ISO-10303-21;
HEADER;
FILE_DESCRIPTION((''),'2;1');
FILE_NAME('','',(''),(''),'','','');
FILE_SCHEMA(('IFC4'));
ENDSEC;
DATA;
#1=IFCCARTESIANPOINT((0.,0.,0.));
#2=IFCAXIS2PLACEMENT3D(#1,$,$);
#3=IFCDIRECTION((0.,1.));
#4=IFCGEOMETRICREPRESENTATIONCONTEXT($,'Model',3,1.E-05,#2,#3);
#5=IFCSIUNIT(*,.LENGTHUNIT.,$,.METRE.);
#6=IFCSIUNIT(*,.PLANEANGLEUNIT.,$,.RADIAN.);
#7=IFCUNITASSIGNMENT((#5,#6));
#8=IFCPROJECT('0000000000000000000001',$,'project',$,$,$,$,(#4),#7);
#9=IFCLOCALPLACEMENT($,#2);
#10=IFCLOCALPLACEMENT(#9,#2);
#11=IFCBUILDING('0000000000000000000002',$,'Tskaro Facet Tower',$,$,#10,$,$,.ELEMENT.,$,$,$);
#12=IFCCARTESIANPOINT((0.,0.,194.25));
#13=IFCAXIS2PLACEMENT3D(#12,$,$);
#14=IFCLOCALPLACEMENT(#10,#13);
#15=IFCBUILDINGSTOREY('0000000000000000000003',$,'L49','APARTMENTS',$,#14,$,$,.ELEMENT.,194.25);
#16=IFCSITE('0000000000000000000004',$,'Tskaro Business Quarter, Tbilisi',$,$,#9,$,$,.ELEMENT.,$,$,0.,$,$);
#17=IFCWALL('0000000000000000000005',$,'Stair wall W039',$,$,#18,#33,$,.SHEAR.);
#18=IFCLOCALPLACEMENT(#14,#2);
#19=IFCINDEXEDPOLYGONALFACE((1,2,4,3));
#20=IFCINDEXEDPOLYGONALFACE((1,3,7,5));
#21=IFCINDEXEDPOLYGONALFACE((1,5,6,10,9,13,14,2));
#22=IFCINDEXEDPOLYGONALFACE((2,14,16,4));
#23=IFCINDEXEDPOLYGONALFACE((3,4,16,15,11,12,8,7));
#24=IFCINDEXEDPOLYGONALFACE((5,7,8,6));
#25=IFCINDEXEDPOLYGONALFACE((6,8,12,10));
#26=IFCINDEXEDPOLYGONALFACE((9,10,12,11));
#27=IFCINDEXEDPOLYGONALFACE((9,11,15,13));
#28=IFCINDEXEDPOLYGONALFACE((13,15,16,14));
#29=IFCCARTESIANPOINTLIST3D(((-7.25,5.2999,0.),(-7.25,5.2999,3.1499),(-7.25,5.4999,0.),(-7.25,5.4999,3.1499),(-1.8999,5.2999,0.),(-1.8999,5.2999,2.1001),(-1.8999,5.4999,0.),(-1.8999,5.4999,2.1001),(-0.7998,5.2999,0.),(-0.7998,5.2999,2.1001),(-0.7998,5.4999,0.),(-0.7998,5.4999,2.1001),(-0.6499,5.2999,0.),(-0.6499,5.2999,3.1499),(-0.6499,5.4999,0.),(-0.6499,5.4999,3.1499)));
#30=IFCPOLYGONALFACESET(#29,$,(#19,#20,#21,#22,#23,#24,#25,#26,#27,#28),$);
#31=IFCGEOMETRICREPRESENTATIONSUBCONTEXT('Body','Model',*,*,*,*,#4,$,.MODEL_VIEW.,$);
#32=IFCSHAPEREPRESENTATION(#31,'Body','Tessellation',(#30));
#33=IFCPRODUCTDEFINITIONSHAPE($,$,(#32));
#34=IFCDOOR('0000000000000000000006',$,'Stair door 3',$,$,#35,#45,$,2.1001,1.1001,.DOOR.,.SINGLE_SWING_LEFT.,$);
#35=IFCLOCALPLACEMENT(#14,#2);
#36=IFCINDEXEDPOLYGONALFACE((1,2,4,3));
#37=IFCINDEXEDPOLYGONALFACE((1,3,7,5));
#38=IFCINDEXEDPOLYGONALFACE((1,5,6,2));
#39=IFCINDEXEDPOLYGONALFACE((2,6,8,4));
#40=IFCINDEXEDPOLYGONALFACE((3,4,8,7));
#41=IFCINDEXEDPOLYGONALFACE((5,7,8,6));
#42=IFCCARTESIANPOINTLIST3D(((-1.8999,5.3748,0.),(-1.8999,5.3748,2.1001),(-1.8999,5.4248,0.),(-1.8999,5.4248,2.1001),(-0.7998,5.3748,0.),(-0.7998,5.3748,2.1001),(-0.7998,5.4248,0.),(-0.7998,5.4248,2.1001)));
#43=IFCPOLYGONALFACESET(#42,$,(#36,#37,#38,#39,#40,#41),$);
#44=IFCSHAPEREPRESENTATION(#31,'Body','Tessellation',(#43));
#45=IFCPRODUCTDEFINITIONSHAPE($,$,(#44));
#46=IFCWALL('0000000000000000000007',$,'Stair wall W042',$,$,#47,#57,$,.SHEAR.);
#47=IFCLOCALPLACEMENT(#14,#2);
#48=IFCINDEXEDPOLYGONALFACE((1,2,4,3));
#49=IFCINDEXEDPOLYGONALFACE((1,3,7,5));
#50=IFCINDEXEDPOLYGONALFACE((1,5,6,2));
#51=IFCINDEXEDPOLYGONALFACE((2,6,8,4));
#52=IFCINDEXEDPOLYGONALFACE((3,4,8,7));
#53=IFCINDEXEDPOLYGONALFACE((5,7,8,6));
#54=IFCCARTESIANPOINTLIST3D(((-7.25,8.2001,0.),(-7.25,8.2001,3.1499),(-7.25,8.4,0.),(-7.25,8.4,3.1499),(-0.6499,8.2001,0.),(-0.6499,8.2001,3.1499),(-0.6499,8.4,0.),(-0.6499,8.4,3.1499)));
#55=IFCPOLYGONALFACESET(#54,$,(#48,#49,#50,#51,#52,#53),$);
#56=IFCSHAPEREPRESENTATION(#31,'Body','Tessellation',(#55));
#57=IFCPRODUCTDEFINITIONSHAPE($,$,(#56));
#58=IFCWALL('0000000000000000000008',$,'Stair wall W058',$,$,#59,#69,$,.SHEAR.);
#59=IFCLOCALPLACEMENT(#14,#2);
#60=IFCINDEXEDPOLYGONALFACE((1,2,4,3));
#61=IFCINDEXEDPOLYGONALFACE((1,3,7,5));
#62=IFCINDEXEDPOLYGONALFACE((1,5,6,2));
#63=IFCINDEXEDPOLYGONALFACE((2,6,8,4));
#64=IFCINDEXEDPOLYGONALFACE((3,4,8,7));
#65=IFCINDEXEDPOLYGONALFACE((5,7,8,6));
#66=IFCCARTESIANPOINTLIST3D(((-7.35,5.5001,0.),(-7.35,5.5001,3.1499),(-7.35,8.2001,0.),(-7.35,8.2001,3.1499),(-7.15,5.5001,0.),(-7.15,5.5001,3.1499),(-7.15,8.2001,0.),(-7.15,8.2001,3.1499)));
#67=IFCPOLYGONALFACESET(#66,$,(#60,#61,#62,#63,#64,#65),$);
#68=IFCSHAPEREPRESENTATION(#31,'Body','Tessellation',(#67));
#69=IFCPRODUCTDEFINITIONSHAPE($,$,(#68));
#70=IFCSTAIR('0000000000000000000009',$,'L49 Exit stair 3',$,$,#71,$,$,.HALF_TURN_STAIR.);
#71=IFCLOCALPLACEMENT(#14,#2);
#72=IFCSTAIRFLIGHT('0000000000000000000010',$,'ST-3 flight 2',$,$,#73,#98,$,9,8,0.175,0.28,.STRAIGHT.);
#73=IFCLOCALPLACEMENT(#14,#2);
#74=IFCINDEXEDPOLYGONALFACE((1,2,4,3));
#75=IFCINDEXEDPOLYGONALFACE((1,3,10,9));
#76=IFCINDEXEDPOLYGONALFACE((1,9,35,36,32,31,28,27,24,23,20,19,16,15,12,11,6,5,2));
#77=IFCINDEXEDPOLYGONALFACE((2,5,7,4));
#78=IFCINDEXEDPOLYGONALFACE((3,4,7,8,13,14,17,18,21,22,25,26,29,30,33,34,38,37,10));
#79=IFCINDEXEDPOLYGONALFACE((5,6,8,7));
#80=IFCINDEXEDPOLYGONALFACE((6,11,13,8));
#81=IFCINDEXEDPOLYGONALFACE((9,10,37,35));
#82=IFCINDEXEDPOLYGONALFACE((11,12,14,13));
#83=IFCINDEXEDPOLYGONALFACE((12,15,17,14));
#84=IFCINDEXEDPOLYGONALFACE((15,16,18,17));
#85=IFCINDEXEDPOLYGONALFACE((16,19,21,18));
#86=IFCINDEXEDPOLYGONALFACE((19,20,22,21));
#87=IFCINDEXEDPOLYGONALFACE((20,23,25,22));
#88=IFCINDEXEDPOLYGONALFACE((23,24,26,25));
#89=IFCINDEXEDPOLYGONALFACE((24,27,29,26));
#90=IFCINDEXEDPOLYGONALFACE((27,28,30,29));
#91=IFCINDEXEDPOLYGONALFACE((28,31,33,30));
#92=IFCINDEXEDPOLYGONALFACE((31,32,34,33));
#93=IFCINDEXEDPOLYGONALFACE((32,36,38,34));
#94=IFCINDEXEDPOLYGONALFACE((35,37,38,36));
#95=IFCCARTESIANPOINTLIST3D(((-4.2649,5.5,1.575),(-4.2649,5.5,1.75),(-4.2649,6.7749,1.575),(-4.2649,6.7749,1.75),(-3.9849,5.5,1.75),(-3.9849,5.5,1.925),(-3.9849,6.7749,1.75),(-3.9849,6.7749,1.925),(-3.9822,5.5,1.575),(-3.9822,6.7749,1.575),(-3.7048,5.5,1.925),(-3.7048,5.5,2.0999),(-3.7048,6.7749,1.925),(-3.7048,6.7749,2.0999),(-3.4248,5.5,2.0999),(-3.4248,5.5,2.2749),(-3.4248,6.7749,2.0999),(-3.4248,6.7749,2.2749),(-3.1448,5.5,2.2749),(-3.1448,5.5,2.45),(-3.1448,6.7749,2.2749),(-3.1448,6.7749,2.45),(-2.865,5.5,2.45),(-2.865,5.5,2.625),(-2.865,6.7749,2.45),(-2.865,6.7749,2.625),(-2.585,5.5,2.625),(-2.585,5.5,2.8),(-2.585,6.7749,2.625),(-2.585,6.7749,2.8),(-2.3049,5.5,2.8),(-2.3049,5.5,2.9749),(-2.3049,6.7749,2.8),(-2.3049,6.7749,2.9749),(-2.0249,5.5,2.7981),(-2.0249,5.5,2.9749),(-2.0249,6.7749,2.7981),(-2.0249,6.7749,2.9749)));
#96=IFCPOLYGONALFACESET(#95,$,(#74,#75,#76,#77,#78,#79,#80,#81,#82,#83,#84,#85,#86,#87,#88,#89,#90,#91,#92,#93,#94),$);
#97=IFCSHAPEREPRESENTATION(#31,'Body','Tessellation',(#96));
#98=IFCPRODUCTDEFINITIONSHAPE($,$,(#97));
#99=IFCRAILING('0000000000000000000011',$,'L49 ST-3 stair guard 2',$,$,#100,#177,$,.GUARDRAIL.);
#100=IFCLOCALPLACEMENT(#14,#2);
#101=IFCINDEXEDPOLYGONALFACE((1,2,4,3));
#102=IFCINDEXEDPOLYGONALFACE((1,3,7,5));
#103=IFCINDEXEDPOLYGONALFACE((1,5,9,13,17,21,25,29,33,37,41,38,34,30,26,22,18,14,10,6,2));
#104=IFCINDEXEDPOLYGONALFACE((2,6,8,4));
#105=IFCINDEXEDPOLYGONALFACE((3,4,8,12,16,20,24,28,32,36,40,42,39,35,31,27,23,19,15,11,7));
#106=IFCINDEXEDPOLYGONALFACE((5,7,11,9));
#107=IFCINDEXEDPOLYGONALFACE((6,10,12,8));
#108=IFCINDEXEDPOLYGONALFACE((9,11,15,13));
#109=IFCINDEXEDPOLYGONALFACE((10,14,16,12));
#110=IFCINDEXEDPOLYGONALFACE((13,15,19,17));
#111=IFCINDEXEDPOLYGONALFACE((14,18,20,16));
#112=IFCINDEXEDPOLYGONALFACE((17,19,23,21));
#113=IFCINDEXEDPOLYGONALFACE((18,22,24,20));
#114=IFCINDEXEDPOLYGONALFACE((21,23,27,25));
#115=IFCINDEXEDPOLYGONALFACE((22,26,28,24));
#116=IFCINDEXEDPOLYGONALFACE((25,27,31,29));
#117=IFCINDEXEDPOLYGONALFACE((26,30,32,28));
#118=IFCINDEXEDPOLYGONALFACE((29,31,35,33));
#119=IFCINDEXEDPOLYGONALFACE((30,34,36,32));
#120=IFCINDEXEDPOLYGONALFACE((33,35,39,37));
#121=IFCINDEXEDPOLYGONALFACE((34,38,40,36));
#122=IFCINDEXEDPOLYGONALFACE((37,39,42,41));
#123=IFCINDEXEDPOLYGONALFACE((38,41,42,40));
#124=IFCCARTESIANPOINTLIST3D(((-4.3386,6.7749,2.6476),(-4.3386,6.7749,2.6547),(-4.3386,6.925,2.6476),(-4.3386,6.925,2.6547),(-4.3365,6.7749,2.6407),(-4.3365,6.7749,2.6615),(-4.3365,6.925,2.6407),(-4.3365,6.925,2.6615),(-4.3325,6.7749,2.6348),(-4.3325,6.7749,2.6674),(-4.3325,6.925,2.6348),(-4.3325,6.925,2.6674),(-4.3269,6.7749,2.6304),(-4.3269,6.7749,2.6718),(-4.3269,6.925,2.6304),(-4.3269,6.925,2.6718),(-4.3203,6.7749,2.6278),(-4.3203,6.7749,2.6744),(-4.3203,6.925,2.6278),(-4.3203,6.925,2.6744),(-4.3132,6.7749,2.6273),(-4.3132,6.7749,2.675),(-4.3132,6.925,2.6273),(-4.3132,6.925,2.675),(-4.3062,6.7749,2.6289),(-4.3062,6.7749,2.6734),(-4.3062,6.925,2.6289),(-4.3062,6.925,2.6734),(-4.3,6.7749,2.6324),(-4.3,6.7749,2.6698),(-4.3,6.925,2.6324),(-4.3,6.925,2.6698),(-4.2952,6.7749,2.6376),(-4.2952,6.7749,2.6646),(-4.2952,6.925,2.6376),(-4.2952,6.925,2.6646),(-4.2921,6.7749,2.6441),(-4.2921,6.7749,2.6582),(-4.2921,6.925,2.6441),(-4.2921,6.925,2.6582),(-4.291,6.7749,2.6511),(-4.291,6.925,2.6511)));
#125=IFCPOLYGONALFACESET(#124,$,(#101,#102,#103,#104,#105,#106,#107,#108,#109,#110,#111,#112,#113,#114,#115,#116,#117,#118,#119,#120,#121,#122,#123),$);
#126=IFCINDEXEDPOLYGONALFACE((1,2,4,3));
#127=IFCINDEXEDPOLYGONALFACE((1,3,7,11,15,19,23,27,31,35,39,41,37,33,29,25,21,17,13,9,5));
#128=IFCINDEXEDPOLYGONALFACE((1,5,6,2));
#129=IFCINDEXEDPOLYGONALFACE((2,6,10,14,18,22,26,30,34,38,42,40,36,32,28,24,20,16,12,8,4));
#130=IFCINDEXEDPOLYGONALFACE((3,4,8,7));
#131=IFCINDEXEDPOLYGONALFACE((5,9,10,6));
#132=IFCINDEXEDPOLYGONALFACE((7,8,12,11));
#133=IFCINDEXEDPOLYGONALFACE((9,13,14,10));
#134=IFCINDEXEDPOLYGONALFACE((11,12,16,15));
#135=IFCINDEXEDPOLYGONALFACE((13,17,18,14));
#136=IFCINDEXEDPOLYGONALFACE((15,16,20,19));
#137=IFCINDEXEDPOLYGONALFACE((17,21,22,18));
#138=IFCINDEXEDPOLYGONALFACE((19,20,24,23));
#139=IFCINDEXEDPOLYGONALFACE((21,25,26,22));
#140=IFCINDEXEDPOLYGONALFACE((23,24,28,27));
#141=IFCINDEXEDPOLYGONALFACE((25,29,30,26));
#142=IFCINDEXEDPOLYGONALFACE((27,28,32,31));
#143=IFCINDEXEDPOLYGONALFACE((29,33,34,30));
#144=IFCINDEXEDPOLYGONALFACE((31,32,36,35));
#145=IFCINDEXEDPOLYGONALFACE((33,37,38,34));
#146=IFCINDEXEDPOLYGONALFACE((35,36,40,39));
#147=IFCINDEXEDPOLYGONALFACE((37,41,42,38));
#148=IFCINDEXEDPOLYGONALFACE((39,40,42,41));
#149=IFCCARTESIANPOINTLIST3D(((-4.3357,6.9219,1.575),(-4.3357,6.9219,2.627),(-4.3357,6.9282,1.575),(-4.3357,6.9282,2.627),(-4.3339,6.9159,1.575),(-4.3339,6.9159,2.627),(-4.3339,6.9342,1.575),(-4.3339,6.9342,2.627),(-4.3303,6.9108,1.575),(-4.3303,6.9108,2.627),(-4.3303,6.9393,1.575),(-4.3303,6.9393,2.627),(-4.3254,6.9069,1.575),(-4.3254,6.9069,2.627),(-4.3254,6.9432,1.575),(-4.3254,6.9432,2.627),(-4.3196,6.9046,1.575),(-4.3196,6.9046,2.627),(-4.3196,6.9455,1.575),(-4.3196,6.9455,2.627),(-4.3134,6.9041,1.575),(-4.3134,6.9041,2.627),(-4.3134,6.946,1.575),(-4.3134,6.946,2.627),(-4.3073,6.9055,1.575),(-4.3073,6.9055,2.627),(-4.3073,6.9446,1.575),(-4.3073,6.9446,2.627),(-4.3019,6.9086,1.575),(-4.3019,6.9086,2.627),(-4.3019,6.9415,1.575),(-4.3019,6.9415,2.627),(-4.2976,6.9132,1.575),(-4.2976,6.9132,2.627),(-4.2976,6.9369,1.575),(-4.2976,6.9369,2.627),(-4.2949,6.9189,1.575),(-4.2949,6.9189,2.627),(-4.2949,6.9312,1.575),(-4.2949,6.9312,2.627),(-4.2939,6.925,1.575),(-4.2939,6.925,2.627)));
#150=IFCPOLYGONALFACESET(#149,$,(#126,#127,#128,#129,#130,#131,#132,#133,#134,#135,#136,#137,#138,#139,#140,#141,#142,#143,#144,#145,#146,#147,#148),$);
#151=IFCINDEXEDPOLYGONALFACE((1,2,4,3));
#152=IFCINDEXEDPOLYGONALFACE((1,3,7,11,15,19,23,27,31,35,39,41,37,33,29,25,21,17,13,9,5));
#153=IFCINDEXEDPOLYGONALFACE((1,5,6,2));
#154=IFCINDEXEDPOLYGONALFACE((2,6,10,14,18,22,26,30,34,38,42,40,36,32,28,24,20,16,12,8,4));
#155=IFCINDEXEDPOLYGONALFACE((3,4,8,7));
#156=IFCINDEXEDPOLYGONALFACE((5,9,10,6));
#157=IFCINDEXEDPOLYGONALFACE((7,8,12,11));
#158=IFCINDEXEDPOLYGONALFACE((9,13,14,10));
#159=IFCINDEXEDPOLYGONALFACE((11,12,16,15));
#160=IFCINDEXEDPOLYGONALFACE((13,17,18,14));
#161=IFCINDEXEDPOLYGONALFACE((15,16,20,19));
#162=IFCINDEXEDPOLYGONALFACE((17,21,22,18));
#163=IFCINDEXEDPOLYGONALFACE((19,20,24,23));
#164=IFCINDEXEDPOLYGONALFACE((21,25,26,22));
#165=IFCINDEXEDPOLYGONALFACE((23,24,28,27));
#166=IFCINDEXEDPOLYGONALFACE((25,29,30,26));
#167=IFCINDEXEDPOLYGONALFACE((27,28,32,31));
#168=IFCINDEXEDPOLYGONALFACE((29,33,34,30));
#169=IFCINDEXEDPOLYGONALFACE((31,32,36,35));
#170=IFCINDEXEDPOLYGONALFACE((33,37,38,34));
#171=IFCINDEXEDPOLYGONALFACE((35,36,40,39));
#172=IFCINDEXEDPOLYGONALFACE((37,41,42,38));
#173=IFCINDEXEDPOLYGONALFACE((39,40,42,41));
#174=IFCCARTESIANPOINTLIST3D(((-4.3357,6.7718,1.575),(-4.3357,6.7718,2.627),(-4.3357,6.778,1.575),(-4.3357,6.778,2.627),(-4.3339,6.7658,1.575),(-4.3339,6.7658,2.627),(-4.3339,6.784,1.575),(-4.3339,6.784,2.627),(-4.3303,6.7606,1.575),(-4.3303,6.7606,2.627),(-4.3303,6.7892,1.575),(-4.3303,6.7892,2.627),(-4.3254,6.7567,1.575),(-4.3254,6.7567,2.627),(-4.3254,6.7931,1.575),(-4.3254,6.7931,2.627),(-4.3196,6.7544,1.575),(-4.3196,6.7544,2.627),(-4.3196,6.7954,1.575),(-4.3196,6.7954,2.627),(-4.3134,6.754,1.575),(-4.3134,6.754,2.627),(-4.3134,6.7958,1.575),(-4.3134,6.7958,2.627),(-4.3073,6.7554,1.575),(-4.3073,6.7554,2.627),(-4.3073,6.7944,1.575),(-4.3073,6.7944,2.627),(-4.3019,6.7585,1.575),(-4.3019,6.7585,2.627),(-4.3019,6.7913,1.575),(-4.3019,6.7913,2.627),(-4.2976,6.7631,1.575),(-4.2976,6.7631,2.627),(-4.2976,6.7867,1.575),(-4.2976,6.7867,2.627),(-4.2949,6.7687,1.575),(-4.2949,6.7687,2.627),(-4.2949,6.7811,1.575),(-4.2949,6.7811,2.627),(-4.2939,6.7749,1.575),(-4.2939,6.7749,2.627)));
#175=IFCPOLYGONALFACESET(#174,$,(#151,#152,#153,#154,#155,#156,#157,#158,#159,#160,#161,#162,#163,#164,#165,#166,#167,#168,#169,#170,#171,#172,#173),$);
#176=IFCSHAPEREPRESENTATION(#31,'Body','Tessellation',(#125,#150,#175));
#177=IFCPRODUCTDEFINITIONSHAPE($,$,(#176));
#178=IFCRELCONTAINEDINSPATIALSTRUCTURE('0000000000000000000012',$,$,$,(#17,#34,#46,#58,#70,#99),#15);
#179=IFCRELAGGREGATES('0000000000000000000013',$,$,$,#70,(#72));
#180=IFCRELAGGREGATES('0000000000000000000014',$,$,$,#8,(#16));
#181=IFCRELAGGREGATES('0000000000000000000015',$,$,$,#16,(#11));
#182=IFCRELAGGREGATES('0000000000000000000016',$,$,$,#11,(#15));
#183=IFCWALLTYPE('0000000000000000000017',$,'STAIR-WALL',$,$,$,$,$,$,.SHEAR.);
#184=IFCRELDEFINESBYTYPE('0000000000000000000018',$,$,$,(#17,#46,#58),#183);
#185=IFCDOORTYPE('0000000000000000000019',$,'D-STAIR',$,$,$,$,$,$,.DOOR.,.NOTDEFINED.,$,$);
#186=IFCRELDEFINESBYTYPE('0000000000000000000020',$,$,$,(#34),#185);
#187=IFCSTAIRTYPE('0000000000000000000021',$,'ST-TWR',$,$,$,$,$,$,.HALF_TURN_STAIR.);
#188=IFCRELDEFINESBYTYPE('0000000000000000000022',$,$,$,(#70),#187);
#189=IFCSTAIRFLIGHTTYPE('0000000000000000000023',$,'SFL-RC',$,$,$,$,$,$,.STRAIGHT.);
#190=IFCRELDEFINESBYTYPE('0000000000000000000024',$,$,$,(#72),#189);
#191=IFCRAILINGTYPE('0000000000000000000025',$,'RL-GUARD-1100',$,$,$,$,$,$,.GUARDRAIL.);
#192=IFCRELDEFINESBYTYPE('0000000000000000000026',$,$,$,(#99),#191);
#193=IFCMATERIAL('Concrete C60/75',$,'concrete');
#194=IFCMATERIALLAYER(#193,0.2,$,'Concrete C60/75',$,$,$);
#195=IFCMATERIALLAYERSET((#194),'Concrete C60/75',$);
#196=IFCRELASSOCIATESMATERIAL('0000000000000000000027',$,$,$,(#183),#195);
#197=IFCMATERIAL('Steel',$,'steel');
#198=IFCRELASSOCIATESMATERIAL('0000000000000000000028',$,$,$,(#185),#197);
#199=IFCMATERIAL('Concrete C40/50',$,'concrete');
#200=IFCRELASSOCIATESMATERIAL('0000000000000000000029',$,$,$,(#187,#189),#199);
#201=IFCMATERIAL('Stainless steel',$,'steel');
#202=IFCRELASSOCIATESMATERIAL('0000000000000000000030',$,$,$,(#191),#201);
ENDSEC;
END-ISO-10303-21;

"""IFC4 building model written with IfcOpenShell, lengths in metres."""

from ifc_helpers import new_model, si_unit, direction, frame, frame_2d, origin, origin_2d, place, context, subcontext, project, spatial, polyline, rectangle, circle, outline, extrude, material, layer, layer_set, type_object, element, fill, aggregate, save


model = new_model("IFC4")

# Units and contexts
model_context = context("Model", 3, precision=1e-05, world=origin(), true_north=direction((0.0, 1.0)))
body_context = subcontext(model_context, "Body", "Model", "MODEL_VIEW")
ifc_project = project(units=[si_unit("LENGTHUNIT", "METRE"), si_unit("PLANEANGLEUNIT", "RADIAN")], contexts=[model_context])

# Site, building, storey
site_placement = place(None, origin())
site = spatial("IfcSite", under=ifc_project, at=site_placement, Name="Tskaro Business Quarter, Tbilisi", CompositionType="ELEMENT", RefElevation=0.0)
building_placement = place(site_placement, origin())
building = spatial("IfcBuilding", under=site, at=building_placement, Name="Tskaro Facet Tower", CompositionType="ELEMENT")
storey_placement = place(building_placement, frame((0.0, 0.0, 194.25)))
storey = spatial("IfcBuildingStorey", under=building, at=storey_placement, Name="L49", Description="APARTMENTS", CompositionType="ELEMENT", Elevation=194.25)

# Shared definitions
ifc_material_1 = material(Name="Concrete C40/50", Category="concrete")
ifc_material_2 = material(Name="Steel", Category="steel")

# Wall, opening, door
ifc_material_3 = material(Name="Concrete C60/75", Category="concrete")
ifc_layer_1 = layer(ifc_material_3, 0.2, Name="Concrete C60/75")
ifc_layer_set_1 = layer_set([ifc_layer_1], Name="Concrete C60/75")
wall_type_1 = type_object("IfcWallType", Name="STAIR-WALL", PredefinedType="SHEAR", material=ifc_layer_set_1)
wall_1_placement = place(storey_placement, frame((-7.25, 5.3999, 0.0), z_axis=(0.0, 0.0, 1.0), x_axis=(1.0, 0.0, 0.0)))
wall_1 = element("IfcWall", 1, at=wall_1_placement, inside=storey, type_object=wall_type_1, Name="Stair wall W039", PredefinedType="SHEAR", context=body_context, shape_type="SweptSolid", body=[
    extrude(rectangle(XDim=6.6001, YDim=0.2, at=frame_2d((3.3, 0.0))), origin(), (0.0, 0.0, 1.0), 3.1499),
])
opening_1_placement = place(wall_1_placement, frame((5.3501, 0.0, 0.0)))
opening_1 = element("IfcOpeningElement", 2, at=opening_1_placement, cuts=wall_1, PredefinedType="OPENING", context=body_context, shape_type="SweptSolid", body=[
    extrude(rectangle(XDim=1.1001, YDim=2.1001, at=frame_2d((0.55, 1.05))), frame((0.0, 0.1099, 0.0), z_axis=(0.0, -1.0, 0.0), x_axis=(1.0, 0.0, 0.0)), (0.0, 0.0, 1.0), 0.22),
])
door_type_1 = type_object("IfcDoorType", Name="D-STAIR", OperationType="NOTDEFINED", PredefinedType="DOOR", material=ifc_material_2)
door_1_placement = place(opening_1_placement, origin())
door_1 = element("IfcDoor", 3, at=door_1_placement, inside=storey, type_object=door_type_1, Name="Stair door 3", OperationType="SINGLE_SWING_LEFT", OverallHeight=2.1001, OverallWidth=1.1001, PredefinedType="DOOR", context=body_context, shape_type="SweptSolid", body=[
    extrude(rectangle(XDim=1.1001, YDim=2.1001, at=frame_2d((0.55, 1.05))), frame((0.0, 0.0249, 0.0), z_axis=(0.0, -1.0, 0.0), x_axis=(1.0, 0.0, 0.0)), (0.0, 0.0, 1.0), 0.05),
])
fill(opening_1, door_1)

# Walls
wall_2_placement = place(storey_placement, frame((-7.25, 8.3, 0.0), z_axis=(0.0, 0.0, 1.0), x_axis=(1.0, 0.0, 0.0)))
element("IfcWall", 4, at=wall_2_placement, inside=storey, type_object=wall_type_1, Name="Stair wall W042", PredefinedType="SHEAR", context=body_context, shape_type="SweptSolid", body=[
    extrude(rectangle(XDim=6.6001, YDim=0.2, at=frame_2d((3.3, 0.0))), origin(), (0.0, 0.0, 1.0), 3.1499),
])
wall_3_placement = place(storey_placement, frame((-7.25, 5.5, 0.0), z_axis=(0.0, 0.0, 1.0), x_axis=(0.0, 1.0, 0.0)))
element("IfcWall", 5, at=wall_3_placement, inside=storey, type_object=wall_type_1, Name="Stair wall W058", PredefinedType="SHEAR", context=body_context, shape_type="SweptSolid", body=[
    extrude(rectangle(XDim=2.7, YDim=0.2, at=frame_2d((1.3501, 0.0))), origin(), (0.0, 0.0, 1.0), 3.1499),
])

# Stair, stair flight
stair_type = type_object("IfcStairType", Name="ST-TWR", PredefinedType="HALF_TURN_STAIR", material=ifc_material_1)
stair_placement = place(storey_placement, origin())
stair = element("IfcStair", 6, at=stair_placement, inside=storey, type_object=stair_type, Name="L49 Exit stair 3", PredefinedType="HALF_TURN_STAIR")
stair_flight_type = type_object("IfcStairFlightType", Name="SFL-RC", PredefinedType="STRAIGHT", material=ifc_material_1)
stair_flight_placement = place(storey_placement, frame((-4.2649, 6.1375, 1.575), z_axis=(0.0, 0.0, 1.0), x_axis=(1.0, 0.0, 0.0)))
stair_flight = element("IfcStairFlight", 7, at=stair_flight_placement, type_object=stair_flight_type, Name="ST-3 flight 2", NumberOfRisers=9, NumberOfTreads=8, PredefinedType="STRAIGHT", RiserHeight=0.175, TreadLength=0.28, context=body_context, shape_type="SweptSolid", body=[
    extrude(outline(polyline([(0.0, 0.0), (0.0, 0.175), (0.28, 0.175), (0.28, 0.3501), (0.5601, 0.3501), (0.5601, 0.5249), (0.8401, 0.5249), (0.8401, 0.7), (1.1201, 0.7), (1.1201, 0.875), (1.3999, 0.875), (1.3999, 1.05), (1.6799, 1.05), (1.6799, 1.2251), (1.96, 1.2251), (1.96, 1.3999), (2.24, 1.3999), (2.24, 1.575), (2.24, 1.2231), (0.2827, 0.0), (0.0, 0.0)])), frame((0.0, 0.6375, 0.0), z_axis=(0.0, -1.0, 0.0), x_axis=(1.0, 0.0, 0.0)), (0.0, 0.0, 1.0), 1.2749),
])
aggregate(stair, [stair_flight])

# Railing
ifc_material_4 = material(Name="Stainless steel", Category="steel")
railing_type_1 = type_object("IfcRailingType", Name="RL-GUARD-1100", PredefinedType="GUARDRAIL", material=ifc_material_4)
railing_1_placement = place(storey_placement, frame((-4.3149, 6.925, 1.575)))
element("IfcRailing", 8, at=railing_1_placement, inside=storey, type_object=railing_type_1, Name="L49 ST-3 stair guard 2", PredefinedType="GUARDRAIL", context=body_context, shape_type="SweptSolid", body=[
    extrude(circle(Radius=0.0239, at=origin_2d()), frame((0.0, 0.0, 1.0762), z_axis=(0.0, -1.0, 0.0), x_axis=(1.0, 0.0, 0.0)), (0.0, 0.0, 1.0), 0.1501),
    extrude(circle(Radius=0.021, at=origin_2d()), origin(), (0.0, 0.0, 1.0), 1.052),
    extrude(circle(Radius=0.021, at=origin_2d()), frame((0.0, -0.1501, 0.0)), (0.0, 0.0, 1.0), 1.052),
])

save(model, "model.ifc")
